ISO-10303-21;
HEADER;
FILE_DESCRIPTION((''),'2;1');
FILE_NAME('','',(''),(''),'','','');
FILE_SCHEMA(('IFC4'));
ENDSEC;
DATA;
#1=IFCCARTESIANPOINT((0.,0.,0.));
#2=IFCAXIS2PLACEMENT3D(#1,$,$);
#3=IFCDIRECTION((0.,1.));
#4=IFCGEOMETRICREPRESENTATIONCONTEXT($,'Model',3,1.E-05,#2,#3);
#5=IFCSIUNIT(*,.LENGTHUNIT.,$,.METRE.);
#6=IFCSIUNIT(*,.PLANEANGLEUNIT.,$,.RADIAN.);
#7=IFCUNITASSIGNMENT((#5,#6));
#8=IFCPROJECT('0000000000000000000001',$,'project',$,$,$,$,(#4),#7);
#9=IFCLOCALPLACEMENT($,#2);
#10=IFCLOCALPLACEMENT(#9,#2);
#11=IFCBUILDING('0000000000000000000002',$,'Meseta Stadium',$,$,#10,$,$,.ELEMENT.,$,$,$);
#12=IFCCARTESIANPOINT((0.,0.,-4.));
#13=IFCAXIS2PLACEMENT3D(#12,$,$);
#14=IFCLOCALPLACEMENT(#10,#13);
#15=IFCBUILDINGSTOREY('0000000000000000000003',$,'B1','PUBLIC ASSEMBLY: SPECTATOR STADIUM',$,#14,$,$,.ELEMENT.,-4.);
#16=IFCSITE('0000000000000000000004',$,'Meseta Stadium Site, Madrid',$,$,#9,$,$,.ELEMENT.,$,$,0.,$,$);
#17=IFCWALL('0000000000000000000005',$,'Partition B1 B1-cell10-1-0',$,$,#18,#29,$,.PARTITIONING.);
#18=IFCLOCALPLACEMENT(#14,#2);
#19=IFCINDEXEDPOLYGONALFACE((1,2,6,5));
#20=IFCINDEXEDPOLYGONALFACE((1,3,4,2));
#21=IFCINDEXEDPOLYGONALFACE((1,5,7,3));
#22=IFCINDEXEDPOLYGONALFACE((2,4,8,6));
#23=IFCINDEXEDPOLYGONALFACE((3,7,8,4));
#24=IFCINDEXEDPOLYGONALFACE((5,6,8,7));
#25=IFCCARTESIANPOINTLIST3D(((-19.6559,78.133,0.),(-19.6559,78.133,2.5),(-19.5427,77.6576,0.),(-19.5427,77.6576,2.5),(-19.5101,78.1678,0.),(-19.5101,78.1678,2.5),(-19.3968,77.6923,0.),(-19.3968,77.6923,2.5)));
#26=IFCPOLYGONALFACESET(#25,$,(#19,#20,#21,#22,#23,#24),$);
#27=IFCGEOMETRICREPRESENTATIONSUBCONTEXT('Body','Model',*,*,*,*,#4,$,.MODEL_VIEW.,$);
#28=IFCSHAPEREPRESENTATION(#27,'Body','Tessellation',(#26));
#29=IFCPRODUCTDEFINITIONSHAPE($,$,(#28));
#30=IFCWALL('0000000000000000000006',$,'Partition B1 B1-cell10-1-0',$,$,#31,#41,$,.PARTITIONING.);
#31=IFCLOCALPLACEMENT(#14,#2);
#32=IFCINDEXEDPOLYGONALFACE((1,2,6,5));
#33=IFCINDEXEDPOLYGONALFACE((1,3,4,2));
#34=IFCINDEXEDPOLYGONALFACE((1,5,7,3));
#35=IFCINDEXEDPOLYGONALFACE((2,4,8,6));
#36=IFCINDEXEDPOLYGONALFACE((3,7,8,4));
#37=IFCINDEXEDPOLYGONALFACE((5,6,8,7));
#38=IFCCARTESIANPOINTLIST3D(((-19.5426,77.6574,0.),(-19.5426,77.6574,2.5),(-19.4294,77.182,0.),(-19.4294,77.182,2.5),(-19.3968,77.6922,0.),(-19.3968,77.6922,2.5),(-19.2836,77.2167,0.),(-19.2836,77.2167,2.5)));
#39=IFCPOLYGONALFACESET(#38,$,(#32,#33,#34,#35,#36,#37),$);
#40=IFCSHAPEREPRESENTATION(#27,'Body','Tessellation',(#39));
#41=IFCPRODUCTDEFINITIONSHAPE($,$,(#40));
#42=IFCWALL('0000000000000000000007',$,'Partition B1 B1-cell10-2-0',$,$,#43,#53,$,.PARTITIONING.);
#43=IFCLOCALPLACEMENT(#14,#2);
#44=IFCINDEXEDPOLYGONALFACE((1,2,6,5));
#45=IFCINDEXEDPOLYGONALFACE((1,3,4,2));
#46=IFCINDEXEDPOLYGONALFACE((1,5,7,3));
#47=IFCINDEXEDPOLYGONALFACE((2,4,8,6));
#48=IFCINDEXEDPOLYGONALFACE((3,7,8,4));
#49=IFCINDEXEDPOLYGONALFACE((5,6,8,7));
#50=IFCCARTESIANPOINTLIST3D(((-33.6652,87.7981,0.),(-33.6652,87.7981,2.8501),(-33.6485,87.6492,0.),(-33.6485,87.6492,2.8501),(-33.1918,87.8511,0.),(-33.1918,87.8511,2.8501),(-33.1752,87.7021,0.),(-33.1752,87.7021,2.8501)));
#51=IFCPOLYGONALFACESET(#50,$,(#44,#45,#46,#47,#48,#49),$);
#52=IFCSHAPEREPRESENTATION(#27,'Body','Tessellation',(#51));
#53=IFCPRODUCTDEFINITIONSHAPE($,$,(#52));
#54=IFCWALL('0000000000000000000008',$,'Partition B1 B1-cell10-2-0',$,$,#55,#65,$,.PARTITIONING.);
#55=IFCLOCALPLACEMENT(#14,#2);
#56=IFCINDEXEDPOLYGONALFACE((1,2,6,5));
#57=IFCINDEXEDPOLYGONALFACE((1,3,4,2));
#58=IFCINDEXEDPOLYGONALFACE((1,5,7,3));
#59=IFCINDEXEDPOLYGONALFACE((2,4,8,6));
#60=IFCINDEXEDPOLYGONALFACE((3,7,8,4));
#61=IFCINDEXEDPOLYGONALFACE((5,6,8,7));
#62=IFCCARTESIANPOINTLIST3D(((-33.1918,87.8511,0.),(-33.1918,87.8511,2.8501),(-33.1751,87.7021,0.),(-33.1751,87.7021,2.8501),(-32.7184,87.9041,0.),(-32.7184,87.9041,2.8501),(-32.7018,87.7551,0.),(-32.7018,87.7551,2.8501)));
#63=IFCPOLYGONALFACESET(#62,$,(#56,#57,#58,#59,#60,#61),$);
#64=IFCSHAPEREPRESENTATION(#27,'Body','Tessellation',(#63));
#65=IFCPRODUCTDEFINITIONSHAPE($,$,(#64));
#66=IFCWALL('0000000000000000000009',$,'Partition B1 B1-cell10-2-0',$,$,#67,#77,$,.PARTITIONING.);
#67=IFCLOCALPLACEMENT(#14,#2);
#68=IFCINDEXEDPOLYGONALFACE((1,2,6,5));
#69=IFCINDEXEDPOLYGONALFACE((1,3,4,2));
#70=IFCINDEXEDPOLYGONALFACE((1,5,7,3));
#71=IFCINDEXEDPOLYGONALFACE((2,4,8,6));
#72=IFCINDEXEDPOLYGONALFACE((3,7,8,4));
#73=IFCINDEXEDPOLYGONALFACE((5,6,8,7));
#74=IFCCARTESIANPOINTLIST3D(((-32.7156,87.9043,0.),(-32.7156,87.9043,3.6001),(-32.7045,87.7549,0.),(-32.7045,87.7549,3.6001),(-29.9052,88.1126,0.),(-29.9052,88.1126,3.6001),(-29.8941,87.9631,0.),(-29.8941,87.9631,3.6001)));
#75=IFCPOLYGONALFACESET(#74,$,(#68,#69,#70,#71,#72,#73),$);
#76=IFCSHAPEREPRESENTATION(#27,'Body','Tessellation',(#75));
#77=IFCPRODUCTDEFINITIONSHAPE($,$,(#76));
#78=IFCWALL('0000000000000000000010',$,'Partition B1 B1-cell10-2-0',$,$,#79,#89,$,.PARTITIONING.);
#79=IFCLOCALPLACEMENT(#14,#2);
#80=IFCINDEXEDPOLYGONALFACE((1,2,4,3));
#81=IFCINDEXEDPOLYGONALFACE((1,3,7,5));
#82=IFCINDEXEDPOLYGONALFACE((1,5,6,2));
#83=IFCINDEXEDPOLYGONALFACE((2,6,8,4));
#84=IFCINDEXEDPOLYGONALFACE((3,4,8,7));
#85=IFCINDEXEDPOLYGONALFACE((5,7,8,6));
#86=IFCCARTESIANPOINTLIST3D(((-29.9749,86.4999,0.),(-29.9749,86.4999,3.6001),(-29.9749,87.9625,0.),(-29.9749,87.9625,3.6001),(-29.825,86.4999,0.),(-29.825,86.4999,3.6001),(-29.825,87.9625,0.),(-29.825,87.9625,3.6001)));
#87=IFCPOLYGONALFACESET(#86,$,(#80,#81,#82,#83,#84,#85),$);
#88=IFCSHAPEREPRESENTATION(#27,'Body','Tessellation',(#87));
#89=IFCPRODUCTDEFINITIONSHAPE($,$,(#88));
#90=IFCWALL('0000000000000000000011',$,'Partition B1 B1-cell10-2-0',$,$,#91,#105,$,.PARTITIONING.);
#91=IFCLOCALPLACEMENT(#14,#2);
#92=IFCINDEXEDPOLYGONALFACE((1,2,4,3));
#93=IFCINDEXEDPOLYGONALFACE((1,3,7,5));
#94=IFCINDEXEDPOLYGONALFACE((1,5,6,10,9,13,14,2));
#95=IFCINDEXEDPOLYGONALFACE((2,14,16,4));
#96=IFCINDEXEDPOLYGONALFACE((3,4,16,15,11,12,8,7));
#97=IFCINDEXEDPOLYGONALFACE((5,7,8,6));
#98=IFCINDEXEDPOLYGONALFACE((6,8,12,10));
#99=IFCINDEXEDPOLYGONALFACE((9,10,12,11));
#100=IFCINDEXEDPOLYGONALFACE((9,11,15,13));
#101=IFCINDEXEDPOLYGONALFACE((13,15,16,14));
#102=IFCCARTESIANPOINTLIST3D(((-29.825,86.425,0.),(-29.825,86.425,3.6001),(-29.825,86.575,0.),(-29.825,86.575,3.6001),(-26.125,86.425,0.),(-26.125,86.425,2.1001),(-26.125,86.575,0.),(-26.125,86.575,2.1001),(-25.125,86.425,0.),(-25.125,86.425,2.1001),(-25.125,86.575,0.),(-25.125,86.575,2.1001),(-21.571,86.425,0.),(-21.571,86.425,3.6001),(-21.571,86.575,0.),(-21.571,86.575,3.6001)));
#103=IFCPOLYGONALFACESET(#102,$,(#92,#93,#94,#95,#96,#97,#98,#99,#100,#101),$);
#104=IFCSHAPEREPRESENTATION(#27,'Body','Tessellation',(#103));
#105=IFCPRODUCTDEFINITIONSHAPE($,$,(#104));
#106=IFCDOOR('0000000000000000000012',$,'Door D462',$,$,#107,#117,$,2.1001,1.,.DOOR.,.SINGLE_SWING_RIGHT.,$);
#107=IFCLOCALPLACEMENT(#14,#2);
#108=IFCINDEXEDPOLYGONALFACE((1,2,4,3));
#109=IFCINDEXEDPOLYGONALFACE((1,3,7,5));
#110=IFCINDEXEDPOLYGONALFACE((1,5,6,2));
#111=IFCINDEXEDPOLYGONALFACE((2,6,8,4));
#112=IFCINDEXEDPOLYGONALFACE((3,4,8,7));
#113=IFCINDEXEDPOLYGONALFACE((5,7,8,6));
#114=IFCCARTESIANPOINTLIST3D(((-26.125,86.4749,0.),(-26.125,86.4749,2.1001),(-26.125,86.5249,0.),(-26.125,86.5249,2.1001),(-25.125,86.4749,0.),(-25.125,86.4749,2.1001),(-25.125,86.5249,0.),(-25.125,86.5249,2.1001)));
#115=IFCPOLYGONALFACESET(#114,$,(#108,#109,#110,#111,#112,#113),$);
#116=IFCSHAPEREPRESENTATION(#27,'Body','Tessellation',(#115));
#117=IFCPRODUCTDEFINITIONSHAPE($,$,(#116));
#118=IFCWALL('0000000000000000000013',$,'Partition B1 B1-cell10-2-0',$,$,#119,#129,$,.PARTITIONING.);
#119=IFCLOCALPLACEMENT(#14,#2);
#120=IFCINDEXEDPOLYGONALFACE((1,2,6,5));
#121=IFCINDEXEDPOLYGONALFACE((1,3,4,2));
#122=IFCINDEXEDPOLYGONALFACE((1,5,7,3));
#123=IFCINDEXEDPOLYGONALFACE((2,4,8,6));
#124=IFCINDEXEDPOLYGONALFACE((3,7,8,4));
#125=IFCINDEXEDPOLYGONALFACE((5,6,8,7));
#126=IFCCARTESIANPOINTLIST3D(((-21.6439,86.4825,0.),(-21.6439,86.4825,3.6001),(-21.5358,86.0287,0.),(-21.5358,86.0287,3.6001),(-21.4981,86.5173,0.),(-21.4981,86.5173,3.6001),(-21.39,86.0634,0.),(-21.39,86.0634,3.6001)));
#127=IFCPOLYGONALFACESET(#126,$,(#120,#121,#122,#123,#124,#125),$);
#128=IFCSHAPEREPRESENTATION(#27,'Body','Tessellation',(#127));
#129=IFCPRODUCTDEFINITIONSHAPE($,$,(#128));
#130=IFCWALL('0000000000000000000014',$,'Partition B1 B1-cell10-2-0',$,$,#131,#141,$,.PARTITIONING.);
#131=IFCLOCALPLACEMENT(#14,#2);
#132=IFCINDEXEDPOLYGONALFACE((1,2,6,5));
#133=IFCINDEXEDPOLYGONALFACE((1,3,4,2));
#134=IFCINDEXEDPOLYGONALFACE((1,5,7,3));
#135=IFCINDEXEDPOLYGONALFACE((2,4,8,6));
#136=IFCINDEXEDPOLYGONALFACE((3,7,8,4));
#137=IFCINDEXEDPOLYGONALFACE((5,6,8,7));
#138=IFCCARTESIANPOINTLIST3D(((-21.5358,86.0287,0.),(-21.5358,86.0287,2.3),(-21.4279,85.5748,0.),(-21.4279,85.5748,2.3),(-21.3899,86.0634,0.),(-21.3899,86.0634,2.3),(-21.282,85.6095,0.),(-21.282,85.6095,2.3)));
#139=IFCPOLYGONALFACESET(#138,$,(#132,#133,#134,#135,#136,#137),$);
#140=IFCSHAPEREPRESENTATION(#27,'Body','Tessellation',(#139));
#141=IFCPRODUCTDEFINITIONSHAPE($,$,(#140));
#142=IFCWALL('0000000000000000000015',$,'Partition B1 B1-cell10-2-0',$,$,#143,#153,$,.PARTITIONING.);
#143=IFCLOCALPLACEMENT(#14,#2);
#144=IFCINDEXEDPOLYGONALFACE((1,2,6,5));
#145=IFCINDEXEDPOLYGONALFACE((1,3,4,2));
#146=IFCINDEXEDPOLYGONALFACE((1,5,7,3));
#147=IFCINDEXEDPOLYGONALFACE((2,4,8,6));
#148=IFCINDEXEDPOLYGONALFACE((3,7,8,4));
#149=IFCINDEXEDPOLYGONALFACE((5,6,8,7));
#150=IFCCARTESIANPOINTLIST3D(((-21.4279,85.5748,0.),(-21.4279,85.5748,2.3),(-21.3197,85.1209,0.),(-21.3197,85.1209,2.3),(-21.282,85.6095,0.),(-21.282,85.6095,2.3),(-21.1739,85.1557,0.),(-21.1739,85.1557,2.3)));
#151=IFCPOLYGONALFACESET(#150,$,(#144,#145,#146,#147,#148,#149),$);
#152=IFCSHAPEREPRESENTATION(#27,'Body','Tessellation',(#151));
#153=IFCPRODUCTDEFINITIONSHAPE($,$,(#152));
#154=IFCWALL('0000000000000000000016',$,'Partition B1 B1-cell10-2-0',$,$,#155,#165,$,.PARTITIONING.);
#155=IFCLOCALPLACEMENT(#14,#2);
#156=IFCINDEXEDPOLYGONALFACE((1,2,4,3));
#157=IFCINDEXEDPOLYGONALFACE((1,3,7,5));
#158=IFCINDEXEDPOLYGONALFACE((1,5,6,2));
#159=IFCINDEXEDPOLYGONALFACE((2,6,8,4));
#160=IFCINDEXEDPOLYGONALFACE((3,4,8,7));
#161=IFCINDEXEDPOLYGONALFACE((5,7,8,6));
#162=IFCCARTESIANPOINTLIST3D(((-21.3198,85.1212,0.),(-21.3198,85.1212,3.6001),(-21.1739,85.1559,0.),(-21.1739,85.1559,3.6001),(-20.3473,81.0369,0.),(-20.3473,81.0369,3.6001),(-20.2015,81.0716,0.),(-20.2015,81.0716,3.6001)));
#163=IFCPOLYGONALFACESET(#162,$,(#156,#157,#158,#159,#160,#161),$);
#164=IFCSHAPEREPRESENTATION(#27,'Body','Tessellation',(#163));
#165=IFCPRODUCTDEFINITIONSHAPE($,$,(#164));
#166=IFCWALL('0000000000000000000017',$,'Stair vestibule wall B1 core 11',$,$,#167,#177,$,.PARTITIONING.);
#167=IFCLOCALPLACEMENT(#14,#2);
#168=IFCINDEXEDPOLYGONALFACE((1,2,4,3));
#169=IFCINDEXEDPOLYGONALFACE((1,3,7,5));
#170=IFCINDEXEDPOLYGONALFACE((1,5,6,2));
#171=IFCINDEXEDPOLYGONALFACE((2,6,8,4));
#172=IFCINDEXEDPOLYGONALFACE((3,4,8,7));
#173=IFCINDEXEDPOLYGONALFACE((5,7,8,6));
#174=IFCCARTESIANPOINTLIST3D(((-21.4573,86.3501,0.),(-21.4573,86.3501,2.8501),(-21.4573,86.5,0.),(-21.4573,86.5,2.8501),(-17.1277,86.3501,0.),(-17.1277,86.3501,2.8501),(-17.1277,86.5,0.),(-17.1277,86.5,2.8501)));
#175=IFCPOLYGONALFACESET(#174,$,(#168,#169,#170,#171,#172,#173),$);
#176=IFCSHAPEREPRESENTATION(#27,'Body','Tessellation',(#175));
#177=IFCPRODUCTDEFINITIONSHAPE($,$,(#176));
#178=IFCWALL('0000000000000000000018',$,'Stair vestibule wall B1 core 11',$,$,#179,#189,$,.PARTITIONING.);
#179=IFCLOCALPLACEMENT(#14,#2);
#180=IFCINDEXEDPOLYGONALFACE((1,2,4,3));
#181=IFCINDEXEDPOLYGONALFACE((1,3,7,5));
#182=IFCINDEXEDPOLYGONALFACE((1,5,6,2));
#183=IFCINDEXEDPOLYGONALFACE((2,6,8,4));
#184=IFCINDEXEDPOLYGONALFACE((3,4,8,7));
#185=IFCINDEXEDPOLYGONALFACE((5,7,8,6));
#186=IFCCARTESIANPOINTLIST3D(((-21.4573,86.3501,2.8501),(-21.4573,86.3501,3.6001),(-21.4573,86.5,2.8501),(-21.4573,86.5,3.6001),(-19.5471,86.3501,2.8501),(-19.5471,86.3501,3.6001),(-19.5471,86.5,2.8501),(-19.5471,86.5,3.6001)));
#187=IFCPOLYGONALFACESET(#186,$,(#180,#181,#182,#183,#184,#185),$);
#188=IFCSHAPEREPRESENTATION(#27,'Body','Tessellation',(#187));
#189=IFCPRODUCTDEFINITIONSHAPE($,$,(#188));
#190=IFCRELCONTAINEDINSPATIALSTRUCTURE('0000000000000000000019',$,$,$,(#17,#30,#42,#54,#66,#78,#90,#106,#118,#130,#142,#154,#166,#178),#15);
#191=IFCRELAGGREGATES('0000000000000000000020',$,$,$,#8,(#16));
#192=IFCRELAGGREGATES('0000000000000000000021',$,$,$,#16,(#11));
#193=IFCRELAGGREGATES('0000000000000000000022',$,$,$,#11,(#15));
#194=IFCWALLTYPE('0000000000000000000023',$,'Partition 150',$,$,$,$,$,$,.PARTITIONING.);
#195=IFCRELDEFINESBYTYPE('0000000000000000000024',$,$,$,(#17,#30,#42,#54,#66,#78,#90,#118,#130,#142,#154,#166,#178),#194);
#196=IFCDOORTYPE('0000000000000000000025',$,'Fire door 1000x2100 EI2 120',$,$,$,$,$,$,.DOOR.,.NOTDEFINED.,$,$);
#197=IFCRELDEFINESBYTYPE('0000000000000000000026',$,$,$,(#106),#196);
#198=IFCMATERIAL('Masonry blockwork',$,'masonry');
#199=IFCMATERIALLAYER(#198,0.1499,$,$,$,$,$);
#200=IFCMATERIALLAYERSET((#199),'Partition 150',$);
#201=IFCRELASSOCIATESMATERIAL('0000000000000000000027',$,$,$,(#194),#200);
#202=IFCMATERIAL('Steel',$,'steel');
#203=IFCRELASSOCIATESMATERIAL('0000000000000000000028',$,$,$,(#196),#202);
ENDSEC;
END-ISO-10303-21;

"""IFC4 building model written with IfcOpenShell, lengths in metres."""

from ifc_helpers import new_model, si_unit, direction, frame, frame_2d, origin, place, context, subcontext, project, spatial, rectangle, extrude, material, layer, layer_set, type_object, element, fill, save


model = new_model("IFC4")

# Units and contexts
model_context = context("Model", 3, precision=1e-05, world=origin(), true_north=direction((0.0, 1.0)))
body_context = subcontext(model_context, "Body", "Model", "MODEL_VIEW")
ifc_project = project(units=[si_unit("LENGTHUNIT", "METRE"), si_unit("PLANEANGLEUNIT", "RADIAN")], contexts=[model_context])

# Site, building, storey
site_placement = place(None, origin())
site = spatial("IfcSite", under=ifc_project, at=site_placement, Name="Meseta Stadium Site, Madrid", CompositionType="ELEMENT", RefElevation=0.0)
building_placement = place(site_placement, origin())
building = spatial("IfcBuilding", under=site, at=building_placement, Name="Meseta Stadium", CompositionType="ELEMENT")
storey_placement = place(building_placement, frame((0.0, 0.0, -4.0)))
storey = spatial("IfcBuildingStorey", under=building, at=storey_placement, Name="B1", Description="PUBLIC ASSEMBLY: SPECTATOR STADIUM", CompositionType="ELEMENT", Elevation=-4.0)

# Walls
ifc_material_1 = material(Name="Masonry blockwork", Category="masonry")
ifc_layer = layer(ifc_material_1, 0.1499)
ifc_layer_set = layer_set([ifc_layer], Name="Partition 150")
wall_type = type_object("IfcWallType", Name="Partition 150", PredefinedType="PARTITIONING", material=ifc_layer_set)
for number, where, z_axis, x_axis, name in (
    (1, (-19.583, 78.1504, 0.0), (0.0, 0.0, 1.0), (0.231711, -0.972785, 0.0), "Partition B1 B1-cell10-1-0"),
    (2, (-19.4697, 77.6748, 0.0), (0.0, 0.0, 1.0), (0.231711, -0.972785, 0.0), "Partition B1 B1-cell10-1-0"),
):
    element("IfcWall", number, at=place(storey_placement, frame(where, z_axis=z_axis, x_axis=x_axis)), inside=storey, type_object=wall_type, Name=name, PredefinedType="PARTITIONING", context=body_context, shape_type="SweptSolid", body=[
        extrude(rectangle(XDim=0.4888, YDim=0.1499, at=frame_2d((0.2444, 0.0))), origin(), (0.0, 0.0, 1.0), 2.5),
    ])
for number, where, z_axis, x_axis, name in (
    (3, (-33.657, 87.7236, 0.0), (0.0, 0.0, 1.0), (0.993796, 0.111219, 0.0), "Partition B1 B1-cell10-2-0"),
    (4, (-33.1836, 87.7766, 0.0), (0.0, 0.0, 1.0), (0.993796, 0.111219, 0.0), "Partition B1 B1-cell10-2-0"),
):
    element("IfcWall", number, at=place(storey_placement, frame(where, z_axis=z_axis, x_axis=x_axis)), inside=storey, type_object=wall_type, Name=name, PredefinedType="PARTITIONING", context=body_context, shape_type="SweptSolid", body=[
        extrude(rectangle(XDim=0.4763, YDim=0.1499, at=frame_2d((0.2383, 0.0))), origin(), (0.0, 0.0, 1.0), 2.8501),
    ])
wall_1_placement = place(storey_placement, frame((-32.7102, 87.8296, 0.0), z_axis=(0.0, 0.0, 1.0), x_axis=(0.997266, 0.0739, 0.0)))
element("IfcWall", 5, at=wall_1_placement, inside=storey, type_object=wall_type, Name="Partition B1 B1-cell10-2-0", PredefinedType="PARTITIONING", context=body_context, shape_type="SweptSolid", body=[
    extrude(rectangle(XDim=2.8181, YDim=0.1499, at=frame_2d((1.4092, 0.0))), origin(), (0.0, 0.0, 1.0), 3.6001),
])
wall_2_placement = place(storey_placement, frame((-29.8999, 87.9626, 0.0), z_axis=(0.0, 0.0, 1.0), x_axis=(0.0, -1.0, 0.0)))
element("IfcWall", 6, at=wall_2_placement, inside=storey, type_object=wall_type, Name="Partition B1 B1-cell10-2-0", PredefinedType="PARTITIONING", context=body_context, shape_type="SweptSolid", body=[
    extrude(rectangle(XDim=1.4626, YDim=0.1499, at=frame_2d((0.7314, 0.0))), origin(), (0.0, 0.0, 1.0), 3.6001),
])

# Wall, opening, door
wall_3_placement = place(storey_placement, frame((-29.825, 86.5, 0.0), z_axis=(0.0, 0.0, 1.0), x_axis=(1.0, 0.0, 0.0)))
wall_3 = element("IfcWall", 7, at=wall_3_placement, inside=storey, type_object=wall_type, Name="Partition B1 B1-cell10-2-0", PredefinedType="PARTITIONING", context=body_context, shape_type="SweptSolid", body=[
    extrude(rectangle(XDim=8.2539, YDim=0.1499, at=frame_2d((4.127, 0.0))), origin(), (0.0, 0.0, 1.0), 3.6001),
])
opening_placement = place(wall_3_placement, frame((3.7, 0.0, 0.0)))
opening = element("IfcOpeningElement", 8, at=opening_placement, cuts=wall_3, PredefinedType="OPENING", context=body_context, shape_type="SweptSolid", body=[
    extrude(rectangle(XDim=1.0, YDim=2.1001, at=frame_2d((0.5, 1.05))), frame((0.0, 0.085, 0.0), z_axis=(0.0, -1.0, 0.0), x_axis=(1.0, 0.0, 0.0)), (0.0, 0.0, 1.0), 0.1699),
])
ifc_material_2 = material(Name="Steel", Category="steel")
door_type = type_object("IfcDoorType", Name="Fire door 1000x2100 EI2 120", OperationType="NOTDEFINED", PredefinedType="DOOR", material=ifc_material_2)
door_placement = place(opening_placement, origin())
door = element("IfcDoor", 9, at=door_placement, inside=storey, type_object=door_type, Name="Door D462", OperationType="SINGLE_SWING_RIGHT", OverallHeight=2.1001, OverallWidth=1.0, PredefinedType="DOOR", context=body_context, shape_type="SweptSolid", body=[
    extrude(rectangle(XDim=1.0, YDim=2.1001, at=frame_2d((0.5, 1.05))), frame((0.0, 0.0249, 0.0), z_axis=(0.0, -1.0, 0.0), x_axis=(1.0, 0.0, 0.0)), (0.0, 0.0, 1.0), 0.05),
])
fill(opening, door)

# Walls
wall_4_placement = place(storey_placement, frame((-21.571, 86.5, 0.0), z_axis=(0.0, 0.0, 1.0), x_axis=(0.231809, -0.972761, 0.0)))
element("IfcWall", 10, at=wall_4_placement, inside=storey, type_object=wall_type, Name="Partition B1 B1-cell10-2-0", PredefinedType="PARTITIONING", context=body_context, shape_type="SweptSolid", body=[
    extrude(rectangle(XDim=0.4666, YDim=0.1499, at=frame_2d((0.2334, 0.0))), origin(), (0.0, 0.0, 1.0), 3.6001),
])
for number, where, z_axis, x_axis, name in (
    (11, (-21.4629, 86.0461, 0.0), (0.0, 0.0, 1.0), (0.231314, -0.972879, 0.0), "Partition B1 B1-cell10-2-0"),
    (12, (-21.355, 85.5923, 0.0), (0.0, 0.0, 1.0), (0.231809, -0.972761, 0.0), "Partition B1 B1-cell10-2-0"),
):
    element("IfcWall", number, at=place(storey_placement, frame(where, z_axis=z_axis, x_axis=x_axis)), inside=storey, type_object=wall_type, Name=name, PredefinedType="PARTITIONING", context=body_context, shape_type="SweptSolid", body=[
        extrude(rectangle(XDim=0.4666, YDim=0.1499, at=frame_2d((0.2334, 0.0))), origin(), (0.0, 0.0, 1.0), 2.3),
    ])
wall_5_placement = place(storey_placement, frame((-21.2468, 85.1384, 0.0), z_axis=(0.0, 0.0, 1.0), x_axis=(0.231615, -0.972807, 0.0)))
element("IfcWall", 13, at=wall_5_placement, inside=storey, type_object=wall_type, Name="Partition B1 B1-cell10-2-0", PredefinedType="PARTITIONING", context=body_context, shape_type="SweptSolid", body=[
    extrude(rectangle(XDim=4.1985, YDim=0.1499, at=frame_2d((2.0991, 0.0))), origin(), (0.0, 0.0, 1.0), 3.6001),
])
wall_6_placement = place(storey_placement, frame((-21.4573, 86.425, 0.0), z_axis=(0.0, 0.0, 1.0), x_axis=(1.0, 0.0, 0.0)))
element("IfcWall", 14, at=wall_6_placement, inside=storey, type_object=wall_type, Name="Stair vestibule wall B1 core 11", PredefinedType="PARTITIONING", context=body_context, shape_type="SweptSolid", body=[
    extrude(rectangle(XDim=4.3296, YDim=0.1499, at=frame_2d((2.1648, 0.0))), origin(), (0.0, 0.0, 1.0), 2.8501),
])
wall_7_placement = place(storey_placement, frame((-21.4573, 86.425, 2.8501), z_axis=(0.0, 0.0, 1.0), x_axis=(1.0, 0.0, 0.0)))
element("IfcWall", 15, at=wall_7_placement, inside=storey, type_object=wall_type, Name="Stair vestibule wall B1 core 11", PredefinedType="PARTITIONING", context=body_context, shape_type="SweptSolid", body=[
    extrude(rectangle(XDim=1.9102, YDim=0.1499, at=frame_2d((0.9551, 0.0))), origin(), (0.0, 0.0, 1.0), 0.75),
])

save(model, "model.ifc")
